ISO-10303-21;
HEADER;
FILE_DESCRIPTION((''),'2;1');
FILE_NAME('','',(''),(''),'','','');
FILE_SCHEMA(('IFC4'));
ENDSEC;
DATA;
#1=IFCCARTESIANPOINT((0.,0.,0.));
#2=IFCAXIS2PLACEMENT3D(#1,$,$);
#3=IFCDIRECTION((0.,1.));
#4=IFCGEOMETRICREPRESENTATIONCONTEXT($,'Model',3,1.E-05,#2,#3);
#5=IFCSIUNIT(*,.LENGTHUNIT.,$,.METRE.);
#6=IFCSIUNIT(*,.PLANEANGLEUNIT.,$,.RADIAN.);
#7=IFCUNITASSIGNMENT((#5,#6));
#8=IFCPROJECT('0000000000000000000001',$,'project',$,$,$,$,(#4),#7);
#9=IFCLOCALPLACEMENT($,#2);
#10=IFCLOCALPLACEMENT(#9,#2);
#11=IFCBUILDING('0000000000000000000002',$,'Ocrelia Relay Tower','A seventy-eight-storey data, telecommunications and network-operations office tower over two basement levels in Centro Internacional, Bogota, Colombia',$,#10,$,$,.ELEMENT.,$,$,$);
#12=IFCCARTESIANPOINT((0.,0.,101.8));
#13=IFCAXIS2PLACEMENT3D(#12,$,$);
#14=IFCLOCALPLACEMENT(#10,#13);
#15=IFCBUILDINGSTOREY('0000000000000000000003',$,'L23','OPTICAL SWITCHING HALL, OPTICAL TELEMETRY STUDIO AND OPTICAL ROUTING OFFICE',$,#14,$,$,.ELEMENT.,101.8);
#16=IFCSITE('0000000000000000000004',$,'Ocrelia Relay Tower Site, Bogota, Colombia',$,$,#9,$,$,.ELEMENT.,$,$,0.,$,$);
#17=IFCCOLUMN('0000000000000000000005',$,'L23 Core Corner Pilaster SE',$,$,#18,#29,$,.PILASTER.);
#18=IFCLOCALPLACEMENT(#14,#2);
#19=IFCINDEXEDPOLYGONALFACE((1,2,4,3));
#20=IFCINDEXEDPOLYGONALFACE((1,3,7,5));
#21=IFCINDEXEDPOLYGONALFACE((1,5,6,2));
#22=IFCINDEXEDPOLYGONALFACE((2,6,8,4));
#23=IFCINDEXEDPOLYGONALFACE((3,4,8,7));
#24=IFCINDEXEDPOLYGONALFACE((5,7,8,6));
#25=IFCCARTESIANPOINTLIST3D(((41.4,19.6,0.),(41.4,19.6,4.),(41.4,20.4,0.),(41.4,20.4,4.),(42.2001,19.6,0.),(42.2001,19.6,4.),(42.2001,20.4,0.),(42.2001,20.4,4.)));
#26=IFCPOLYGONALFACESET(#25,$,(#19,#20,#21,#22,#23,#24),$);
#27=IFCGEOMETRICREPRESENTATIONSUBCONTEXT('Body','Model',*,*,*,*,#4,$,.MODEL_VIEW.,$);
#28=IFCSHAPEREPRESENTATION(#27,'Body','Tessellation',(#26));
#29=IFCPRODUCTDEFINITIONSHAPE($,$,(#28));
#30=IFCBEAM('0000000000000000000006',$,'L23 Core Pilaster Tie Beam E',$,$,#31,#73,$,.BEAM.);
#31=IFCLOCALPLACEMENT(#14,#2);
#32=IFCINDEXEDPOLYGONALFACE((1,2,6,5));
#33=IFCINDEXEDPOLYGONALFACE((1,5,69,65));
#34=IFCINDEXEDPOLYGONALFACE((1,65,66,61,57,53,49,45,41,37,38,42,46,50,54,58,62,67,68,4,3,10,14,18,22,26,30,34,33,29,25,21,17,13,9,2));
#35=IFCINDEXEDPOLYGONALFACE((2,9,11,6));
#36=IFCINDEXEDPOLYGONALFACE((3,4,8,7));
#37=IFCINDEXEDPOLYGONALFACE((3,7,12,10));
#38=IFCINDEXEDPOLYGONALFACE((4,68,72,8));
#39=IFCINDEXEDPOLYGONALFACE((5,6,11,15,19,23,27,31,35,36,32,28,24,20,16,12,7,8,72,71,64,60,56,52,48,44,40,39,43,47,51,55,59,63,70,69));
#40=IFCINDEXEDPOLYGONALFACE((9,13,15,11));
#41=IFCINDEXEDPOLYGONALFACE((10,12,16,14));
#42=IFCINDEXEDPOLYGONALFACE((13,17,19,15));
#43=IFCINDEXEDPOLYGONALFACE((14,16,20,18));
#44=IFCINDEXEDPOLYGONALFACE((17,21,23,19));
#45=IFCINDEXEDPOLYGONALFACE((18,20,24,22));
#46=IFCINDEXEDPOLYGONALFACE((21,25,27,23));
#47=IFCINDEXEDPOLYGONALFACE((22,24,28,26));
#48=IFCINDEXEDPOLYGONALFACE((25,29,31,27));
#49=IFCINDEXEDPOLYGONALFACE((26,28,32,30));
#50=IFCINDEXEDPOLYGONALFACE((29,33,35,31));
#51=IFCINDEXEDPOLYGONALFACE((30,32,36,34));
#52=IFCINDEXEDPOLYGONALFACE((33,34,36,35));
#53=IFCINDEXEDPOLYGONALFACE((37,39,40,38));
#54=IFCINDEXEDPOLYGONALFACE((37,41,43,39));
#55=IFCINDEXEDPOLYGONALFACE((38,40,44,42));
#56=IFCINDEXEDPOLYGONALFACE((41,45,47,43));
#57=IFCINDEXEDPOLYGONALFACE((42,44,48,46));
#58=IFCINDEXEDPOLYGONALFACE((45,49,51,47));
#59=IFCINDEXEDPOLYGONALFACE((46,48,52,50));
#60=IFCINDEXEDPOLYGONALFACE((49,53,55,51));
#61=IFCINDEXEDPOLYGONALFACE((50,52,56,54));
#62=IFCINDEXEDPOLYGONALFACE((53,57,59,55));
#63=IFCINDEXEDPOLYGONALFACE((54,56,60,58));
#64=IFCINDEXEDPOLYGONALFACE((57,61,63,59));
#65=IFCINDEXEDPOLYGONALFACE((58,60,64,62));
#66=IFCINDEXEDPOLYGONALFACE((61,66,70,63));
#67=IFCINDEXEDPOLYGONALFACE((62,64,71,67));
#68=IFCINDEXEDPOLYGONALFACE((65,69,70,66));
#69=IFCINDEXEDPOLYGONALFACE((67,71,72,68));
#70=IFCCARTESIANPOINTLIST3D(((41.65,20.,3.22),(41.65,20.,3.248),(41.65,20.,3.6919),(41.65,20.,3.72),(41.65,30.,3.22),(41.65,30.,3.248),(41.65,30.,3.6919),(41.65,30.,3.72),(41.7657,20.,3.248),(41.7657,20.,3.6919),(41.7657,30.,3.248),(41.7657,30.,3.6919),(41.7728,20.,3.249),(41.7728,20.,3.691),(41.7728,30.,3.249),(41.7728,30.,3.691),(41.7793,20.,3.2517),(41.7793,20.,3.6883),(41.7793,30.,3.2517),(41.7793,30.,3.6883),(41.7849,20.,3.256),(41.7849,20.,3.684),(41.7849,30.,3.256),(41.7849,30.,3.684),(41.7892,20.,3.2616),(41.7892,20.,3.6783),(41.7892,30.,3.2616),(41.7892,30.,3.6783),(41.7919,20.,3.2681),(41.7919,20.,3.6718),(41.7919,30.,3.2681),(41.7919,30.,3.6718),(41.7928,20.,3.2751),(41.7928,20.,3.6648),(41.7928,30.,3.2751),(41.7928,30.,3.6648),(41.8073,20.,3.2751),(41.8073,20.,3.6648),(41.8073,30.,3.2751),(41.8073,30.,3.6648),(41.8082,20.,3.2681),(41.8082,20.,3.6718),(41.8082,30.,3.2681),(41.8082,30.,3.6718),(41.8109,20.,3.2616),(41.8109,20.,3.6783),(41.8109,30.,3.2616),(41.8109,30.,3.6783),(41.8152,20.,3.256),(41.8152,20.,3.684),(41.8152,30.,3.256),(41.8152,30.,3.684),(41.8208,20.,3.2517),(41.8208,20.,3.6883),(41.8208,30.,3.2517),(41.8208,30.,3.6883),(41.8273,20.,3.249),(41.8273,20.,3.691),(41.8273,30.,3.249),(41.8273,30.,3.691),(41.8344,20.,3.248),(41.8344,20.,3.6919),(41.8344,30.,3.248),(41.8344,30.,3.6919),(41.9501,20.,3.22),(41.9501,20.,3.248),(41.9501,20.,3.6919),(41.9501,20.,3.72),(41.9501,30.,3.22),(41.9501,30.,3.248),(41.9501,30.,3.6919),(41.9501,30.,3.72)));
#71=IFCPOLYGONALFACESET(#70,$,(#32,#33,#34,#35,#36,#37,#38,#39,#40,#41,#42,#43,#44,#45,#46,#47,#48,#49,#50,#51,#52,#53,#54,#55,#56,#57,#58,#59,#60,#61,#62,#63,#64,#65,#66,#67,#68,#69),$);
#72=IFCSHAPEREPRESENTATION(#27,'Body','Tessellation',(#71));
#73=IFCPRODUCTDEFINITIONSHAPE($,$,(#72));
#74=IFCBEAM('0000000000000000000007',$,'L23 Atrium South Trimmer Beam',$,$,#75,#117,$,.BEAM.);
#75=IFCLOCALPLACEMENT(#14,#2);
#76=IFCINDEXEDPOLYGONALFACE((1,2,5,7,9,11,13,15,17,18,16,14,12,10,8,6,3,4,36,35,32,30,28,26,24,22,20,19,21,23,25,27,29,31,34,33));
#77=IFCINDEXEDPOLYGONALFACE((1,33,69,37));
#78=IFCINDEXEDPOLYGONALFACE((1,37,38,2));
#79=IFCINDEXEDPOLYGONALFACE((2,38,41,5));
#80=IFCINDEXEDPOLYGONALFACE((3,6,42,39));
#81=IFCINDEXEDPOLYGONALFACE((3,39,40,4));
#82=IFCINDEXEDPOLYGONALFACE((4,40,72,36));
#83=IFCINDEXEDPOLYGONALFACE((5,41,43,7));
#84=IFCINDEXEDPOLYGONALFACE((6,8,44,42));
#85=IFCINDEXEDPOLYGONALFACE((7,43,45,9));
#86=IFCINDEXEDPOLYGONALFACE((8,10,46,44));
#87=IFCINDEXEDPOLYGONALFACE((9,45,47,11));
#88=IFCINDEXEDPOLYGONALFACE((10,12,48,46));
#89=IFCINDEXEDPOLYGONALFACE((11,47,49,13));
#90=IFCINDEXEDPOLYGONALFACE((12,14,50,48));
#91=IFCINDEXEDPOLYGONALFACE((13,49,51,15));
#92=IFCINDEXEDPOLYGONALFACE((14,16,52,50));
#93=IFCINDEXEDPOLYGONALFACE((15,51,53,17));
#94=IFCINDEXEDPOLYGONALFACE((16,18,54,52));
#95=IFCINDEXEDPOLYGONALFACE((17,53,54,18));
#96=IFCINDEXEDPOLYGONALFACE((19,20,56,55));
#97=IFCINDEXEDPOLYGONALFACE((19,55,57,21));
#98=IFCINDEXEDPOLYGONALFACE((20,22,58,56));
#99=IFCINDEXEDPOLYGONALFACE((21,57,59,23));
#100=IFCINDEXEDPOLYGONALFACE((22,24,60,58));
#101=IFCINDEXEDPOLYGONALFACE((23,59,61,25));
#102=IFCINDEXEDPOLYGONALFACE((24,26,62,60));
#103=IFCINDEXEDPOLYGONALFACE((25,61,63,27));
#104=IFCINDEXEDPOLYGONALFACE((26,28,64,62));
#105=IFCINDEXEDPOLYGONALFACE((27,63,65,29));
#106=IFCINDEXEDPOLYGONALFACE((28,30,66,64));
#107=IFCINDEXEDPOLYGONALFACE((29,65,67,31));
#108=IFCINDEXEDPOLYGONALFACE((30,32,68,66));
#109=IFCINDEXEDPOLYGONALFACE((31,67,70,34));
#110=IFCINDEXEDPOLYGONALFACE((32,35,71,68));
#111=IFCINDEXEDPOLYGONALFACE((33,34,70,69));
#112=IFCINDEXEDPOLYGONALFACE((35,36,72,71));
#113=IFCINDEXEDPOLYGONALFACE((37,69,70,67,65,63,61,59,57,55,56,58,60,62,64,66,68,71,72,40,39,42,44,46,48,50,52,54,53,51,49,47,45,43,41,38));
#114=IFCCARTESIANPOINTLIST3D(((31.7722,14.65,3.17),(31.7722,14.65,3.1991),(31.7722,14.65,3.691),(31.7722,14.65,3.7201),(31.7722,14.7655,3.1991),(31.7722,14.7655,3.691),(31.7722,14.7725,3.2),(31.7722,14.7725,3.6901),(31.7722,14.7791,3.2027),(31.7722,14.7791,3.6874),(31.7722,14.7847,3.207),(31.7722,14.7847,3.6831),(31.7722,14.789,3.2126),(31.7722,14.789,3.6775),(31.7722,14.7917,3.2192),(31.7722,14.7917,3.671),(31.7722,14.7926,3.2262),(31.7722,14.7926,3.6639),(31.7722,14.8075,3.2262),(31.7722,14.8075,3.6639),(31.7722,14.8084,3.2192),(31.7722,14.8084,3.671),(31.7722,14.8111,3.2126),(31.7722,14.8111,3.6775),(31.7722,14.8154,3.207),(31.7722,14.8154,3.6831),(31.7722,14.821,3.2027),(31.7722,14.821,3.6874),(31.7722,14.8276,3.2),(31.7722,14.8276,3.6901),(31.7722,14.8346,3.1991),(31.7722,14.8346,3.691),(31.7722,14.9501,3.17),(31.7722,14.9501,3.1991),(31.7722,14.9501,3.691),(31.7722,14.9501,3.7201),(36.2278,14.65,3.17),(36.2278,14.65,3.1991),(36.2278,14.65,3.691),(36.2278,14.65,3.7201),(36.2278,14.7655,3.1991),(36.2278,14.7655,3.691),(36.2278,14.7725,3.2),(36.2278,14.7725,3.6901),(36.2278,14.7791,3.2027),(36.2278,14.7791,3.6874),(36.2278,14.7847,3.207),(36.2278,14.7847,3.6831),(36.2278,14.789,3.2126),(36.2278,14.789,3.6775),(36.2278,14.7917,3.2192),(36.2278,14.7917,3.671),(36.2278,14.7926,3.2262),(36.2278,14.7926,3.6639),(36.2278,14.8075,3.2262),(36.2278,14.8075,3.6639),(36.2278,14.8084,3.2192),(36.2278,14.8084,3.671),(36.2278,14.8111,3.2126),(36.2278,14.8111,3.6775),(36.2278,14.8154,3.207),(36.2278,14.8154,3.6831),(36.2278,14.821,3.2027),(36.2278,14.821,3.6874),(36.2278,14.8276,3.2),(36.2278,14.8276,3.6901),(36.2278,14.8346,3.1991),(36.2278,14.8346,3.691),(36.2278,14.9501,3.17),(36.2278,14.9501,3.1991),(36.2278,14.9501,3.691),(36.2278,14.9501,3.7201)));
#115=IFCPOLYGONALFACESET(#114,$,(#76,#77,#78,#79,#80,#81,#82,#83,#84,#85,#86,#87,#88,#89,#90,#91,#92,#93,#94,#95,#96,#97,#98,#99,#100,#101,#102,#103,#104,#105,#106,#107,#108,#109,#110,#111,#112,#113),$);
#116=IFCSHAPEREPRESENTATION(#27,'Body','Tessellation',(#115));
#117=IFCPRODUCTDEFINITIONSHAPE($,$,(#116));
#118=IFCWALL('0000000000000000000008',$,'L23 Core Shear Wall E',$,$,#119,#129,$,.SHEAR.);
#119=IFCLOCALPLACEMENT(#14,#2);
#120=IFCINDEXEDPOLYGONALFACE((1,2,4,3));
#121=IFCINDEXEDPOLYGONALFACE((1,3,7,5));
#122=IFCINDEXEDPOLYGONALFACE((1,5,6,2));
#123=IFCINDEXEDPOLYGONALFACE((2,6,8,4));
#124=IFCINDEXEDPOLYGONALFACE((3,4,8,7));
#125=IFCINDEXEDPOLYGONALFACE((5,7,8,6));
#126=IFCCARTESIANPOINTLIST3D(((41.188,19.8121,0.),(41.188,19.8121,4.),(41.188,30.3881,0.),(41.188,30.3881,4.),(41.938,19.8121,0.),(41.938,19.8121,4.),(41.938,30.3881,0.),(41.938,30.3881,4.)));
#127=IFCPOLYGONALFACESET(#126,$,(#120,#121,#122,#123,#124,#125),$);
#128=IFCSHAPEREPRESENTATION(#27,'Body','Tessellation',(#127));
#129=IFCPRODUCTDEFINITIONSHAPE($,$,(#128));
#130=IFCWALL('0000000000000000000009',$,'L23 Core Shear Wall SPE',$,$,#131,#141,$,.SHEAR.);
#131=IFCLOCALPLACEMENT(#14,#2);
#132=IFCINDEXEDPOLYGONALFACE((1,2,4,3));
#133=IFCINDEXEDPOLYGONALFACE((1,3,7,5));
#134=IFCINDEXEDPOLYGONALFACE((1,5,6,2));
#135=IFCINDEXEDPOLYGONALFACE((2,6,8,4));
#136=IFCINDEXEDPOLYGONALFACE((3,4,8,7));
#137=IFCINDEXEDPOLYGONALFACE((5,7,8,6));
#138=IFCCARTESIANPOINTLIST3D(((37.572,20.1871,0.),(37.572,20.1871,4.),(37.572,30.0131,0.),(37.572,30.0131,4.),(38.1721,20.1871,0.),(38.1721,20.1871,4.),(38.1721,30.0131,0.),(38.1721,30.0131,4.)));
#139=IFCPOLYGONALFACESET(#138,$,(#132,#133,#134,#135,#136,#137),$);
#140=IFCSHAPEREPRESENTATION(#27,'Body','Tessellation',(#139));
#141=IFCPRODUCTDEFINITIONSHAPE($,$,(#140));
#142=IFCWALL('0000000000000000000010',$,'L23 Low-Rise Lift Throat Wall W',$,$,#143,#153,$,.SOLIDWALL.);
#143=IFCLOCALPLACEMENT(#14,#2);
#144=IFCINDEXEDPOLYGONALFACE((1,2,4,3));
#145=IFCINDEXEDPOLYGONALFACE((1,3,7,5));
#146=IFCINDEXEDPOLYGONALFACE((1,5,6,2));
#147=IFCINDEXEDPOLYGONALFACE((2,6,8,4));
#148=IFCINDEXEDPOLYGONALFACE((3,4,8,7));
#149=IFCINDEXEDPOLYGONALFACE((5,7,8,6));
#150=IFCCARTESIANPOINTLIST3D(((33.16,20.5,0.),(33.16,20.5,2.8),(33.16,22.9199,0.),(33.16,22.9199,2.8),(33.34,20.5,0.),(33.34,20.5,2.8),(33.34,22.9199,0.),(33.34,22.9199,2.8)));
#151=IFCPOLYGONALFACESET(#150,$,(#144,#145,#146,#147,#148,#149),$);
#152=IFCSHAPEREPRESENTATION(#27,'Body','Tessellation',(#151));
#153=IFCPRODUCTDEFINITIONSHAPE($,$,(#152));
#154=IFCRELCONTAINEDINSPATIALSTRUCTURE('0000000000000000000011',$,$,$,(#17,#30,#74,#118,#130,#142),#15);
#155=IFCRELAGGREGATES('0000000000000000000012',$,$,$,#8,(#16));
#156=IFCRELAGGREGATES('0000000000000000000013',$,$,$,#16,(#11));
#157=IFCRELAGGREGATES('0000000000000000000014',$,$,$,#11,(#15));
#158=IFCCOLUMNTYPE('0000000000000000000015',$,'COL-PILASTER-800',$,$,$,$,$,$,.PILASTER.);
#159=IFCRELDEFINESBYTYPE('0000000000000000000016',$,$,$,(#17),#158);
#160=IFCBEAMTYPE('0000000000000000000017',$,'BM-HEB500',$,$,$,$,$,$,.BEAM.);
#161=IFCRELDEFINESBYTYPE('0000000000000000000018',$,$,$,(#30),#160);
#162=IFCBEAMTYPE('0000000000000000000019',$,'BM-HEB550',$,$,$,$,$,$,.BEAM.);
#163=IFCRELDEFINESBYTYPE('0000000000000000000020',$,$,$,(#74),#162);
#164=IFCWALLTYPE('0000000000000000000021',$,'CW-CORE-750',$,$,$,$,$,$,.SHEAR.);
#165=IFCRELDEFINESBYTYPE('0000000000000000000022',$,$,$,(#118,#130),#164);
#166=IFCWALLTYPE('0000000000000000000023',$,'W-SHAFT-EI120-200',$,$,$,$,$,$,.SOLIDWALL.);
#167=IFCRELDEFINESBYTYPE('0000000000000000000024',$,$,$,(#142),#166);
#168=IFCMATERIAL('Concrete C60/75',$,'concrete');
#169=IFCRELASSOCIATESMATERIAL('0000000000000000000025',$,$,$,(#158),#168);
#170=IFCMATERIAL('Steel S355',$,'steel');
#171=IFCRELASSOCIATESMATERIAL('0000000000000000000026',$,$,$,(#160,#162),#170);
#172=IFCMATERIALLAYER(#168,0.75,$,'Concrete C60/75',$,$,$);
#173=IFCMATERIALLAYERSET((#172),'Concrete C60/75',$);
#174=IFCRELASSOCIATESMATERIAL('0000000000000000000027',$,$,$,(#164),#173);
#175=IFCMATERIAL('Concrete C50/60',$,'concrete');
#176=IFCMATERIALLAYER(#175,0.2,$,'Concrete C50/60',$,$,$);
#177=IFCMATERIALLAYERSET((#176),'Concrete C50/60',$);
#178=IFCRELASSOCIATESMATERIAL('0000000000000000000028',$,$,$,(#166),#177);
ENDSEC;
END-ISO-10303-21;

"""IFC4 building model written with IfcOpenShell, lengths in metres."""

from ifc_helpers import new_model, si_unit, direction, frame, frame_2d, origin, origin_2d, place, context, subcontext, project, spatial, rectangle, i_section, extrude, material, layer, layer_set, material_profile, profile_set, type_object, element, save


model = new_model("IFC4")

# Units and contexts
model_context = context("Model", 3, precision=1e-05, world=origin(), true_north=direction((0.0, 1.0)))
body_context = subcontext(model_context, "Body", "Model", "MODEL_VIEW")
ifc_project = project(units=[si_unit("LENGTHUNIT", "METRE"), si_unit("PLANEANGLEUNIT", "RADIAN")], contexts=[model_context])

# Site, building, storey
site_placement = place(None, origin())
site = spatial("IfcSite", under=ifc_project, at=site_placement, Name="Ocrelia Relay Tower Site, Bogota, Colombia", CompositionType="ELEMENT", RefElevation=0.0)
building_placement = place(site_placement, origin())
building = spatial("IfcBuilding", under=site, at=building_placement, Name="Ocrelia Relay Tower", Description="A seventy-eight-storey data, telecommunications and network-operations office tower over two basement levels in Centro Internacional, Bogota, Colombia", CompositionType="ELEMENT")
storey_placement = place(building_placement, frame((0.0, 0.0, 101.8)))
storey = spatial("IfcBuildingStorey", under=building, at=storey_placement, Name="L23", Description="OPTICAL SWITCHING HALL, OPTICAL TELEMETRY STUDIO AND OPTICAL ROUTING OFFICE", CompositionType="ELEMENT", Elevation=101.8)

# Column
ifc_material_1 = material(Name="Concrete C60/75", Category="concrete")
ifc_material_profile_1 = material_profile(ifc_material_1, rectangle(XDim=0.8, YDim=0.8, at=origin_2d()), Name="RC-COL-800x800")
ifc_profile_set_1 = profile_set([ifc_material_profile_1], Name="Concrete C60/75")
column_type = type_object("IfcColumnType", Name="COL-PILASTER-800", PredefinedType="PILASTER", material=ifc_profile_set_1)
column_placement = place(storey_placement, frame((41.8, 20.0, 0.0), z_axis=(0.0, 0.0, 1.0), x_axis=(1.0, 0.0, 0.0)))
element("IfcColumn", 1, at=column_placement, inside=storey, type_object=column_type, Name="L23 Core Corner Pilaster SE", PredefinedType="PILASTER", context=body_context, shape_type="SweptSolid", body=[
    extrude(rectangle(XDim=0.8, YDim=0.8, at=origin_2d()), origin(), (0.0, 0.0, 1.0), 4.0),
])

# Beams
ifc_material_2 = material(Name="Steel S355", Category="steel")
ifc_material_profile_2 = material_profile(ifc_material_2, i_section(OverallWidth=0.3, OverallDepth=0.5, WebThickness=0.0144, FlangeThickness=0.0281, FilletRadius=0.0271, at=origin_2d()), Name="HEB 500")
ifc_profile_set_2 = profile_set([ifc_material_profile_2], Name="Steel S355")
beam_type_1 = type_object("IfcBeamType", Name="BM-HEB500", PredefinedType="BEAM", material=ifc_profile_set_2)
beam_1_placement = place(storey_placement, frame((41.8, 20.0, 3.47), z_axis=(0.0, 1.0, 0.0), x_axis=(-1.0, 0.0, 0.0)))
element("IfcBeam", 2, at=beam_1_placement, inside=storey, type_object=beam_type_1, Name="L23 Core Pilaster Tie Beam E", PredefinedType="BEAM", context=body_context, shape_type="SweptSolid", body=[
    extrude(i_section(OverallWidth=0.3, OverallDepth=0.5, WebThickness=0.0144, FlangeThickness=0.0281, FilletRadius=0.0271, at=origin_2d()), origin(), (0.0, 0.0, 1.0), 10.0),
])
ifc_material_profile_3 = material_profile(ifc_material_2, i_section(OverallWidth=0.3, OverallDepth=0.55, WebThickness=0.0149, FlangeThickness=0.0291, FilletRadius=0.0271, at=origin_2d()), Name="HEB 550")
ifc_profile_set_3 = profile_set([ifc_material_profile_3], Name="Steel S355")
beam_type_2 = type_object("IfcBeamType", Name="BM-HEB550", PredefinedType="BEAM", material=ifc_profile_set_3)
beam_2_placement = place(storey_placement, frame((31.7722, 14.8, 3.4451), z_axis=(1.0, 0.0, 0.0), x_axis=(0.0, 1.0, 0.0)))
element("IfcBeam", 3, at=beam_2_placement, inside=storey, type_object=beam_type_2, Name="L23 Atrium South Trimmer Beam", PredefinedType="BEAM", context=body_context, shape_type="SweptSolid", body=[
    extrude(i_section(OverallWidth=0.3, OverallDepth=0.55, WebThickness=0.0149, FlangeThickness=0.0291, FilletRadius=0.0271, at=origin_2d()), origin(), (0.0, 0.0, 1.0), 4.4556),
])

# Walls
ifc_layer_1 = layer(ifc_material_1, 0.75, Name="Concrete C60/75")
ifc_layer_set_1 = layer_set([ifc_layer_1], Name="Concrete C60/75")
wall_type_1 = type_object("IfcWallType", Name="CW-CORE-750", PredefinedType="SHEAR", material=ifc_layer_set_1)
wall_1_placement = place(storey_placement, frame((41.563, 19.812, 0.0), z_axis=(0.0, 0.0, 1.0), x_axis=(0.0, 1.0, 0.0)))
element("IfcWall", 4, at=wall_1_placement, inside=storey, type_object=wall_type_1, Name="L23 Core Shear Wall E", PredefinedType="SHEAR", context=body_context, shape_type="SweptSolid", body=[
    extrude(rectangle(XDim=10.5759, YDim=0.75, at=frame_2d((5.2881, 0.0))), origin(), (0.0, 0.0, 1.0), 4.0),
])
wall_2_placement = place(storey_placement, frame((37.8721, 20.187, 0.0), z_axis=(0.0, 0.0, 1.0), x_axis=(0.0, 1.0, 0.0)))
element("IfcWall", 5, at=wall_2_placement, inside=storey, type_object=wall_type_1, Name="L23 Core Shear Wall SPE", PredefinedType="SHEAR", context=body_context, shape_type="SweptSolid", body=[
    extrude(rectangle(XDim=9.8259, YDim=0.6001, at=frame_2d((4.9131, 0.0))), origin(), (0.0, 0.0, 1.0), 4.0),
])
ifc_material_3 = material(Name="Concrete C50/60", Category="concrete")
ifc_layer_2 = layer(ifc_material_3, 0.2, Name="Concrete C50/60")
ifc_layer_set_2 = layer_set([ifc_layer_2], Name="Concrete C50/60")
wall_type_2 = type_object("IfcWallType", Name="W-SHAFT-EI120-200", PredefinedType="SOLIDWALL", material=ifc_layer_set_2)
wall_3_placement = place(storey_placement, frame((33.25, 20.5, 0.0), z_axis=(0.0, 0.0, 1.0), x_axis=(0.0, 1.0, 0.0)))
element("IfcWall", 6, at=wall_3_placement, inside=storey, type_object=wall_type_2, Name="L23 Low-Rise Lift Throat Wall W", PredefinedType="SOLIDWALL", context=body_context, shape_type="SweptSolid", body=[
    extrude(rectangle(XDim=2.4199, YDim=0.1799, at=frame_2d((1.21, 0.0))), origin(), (0.0, 0.0, 1.0), 2.8),
])

save(model, "model.ifc")
